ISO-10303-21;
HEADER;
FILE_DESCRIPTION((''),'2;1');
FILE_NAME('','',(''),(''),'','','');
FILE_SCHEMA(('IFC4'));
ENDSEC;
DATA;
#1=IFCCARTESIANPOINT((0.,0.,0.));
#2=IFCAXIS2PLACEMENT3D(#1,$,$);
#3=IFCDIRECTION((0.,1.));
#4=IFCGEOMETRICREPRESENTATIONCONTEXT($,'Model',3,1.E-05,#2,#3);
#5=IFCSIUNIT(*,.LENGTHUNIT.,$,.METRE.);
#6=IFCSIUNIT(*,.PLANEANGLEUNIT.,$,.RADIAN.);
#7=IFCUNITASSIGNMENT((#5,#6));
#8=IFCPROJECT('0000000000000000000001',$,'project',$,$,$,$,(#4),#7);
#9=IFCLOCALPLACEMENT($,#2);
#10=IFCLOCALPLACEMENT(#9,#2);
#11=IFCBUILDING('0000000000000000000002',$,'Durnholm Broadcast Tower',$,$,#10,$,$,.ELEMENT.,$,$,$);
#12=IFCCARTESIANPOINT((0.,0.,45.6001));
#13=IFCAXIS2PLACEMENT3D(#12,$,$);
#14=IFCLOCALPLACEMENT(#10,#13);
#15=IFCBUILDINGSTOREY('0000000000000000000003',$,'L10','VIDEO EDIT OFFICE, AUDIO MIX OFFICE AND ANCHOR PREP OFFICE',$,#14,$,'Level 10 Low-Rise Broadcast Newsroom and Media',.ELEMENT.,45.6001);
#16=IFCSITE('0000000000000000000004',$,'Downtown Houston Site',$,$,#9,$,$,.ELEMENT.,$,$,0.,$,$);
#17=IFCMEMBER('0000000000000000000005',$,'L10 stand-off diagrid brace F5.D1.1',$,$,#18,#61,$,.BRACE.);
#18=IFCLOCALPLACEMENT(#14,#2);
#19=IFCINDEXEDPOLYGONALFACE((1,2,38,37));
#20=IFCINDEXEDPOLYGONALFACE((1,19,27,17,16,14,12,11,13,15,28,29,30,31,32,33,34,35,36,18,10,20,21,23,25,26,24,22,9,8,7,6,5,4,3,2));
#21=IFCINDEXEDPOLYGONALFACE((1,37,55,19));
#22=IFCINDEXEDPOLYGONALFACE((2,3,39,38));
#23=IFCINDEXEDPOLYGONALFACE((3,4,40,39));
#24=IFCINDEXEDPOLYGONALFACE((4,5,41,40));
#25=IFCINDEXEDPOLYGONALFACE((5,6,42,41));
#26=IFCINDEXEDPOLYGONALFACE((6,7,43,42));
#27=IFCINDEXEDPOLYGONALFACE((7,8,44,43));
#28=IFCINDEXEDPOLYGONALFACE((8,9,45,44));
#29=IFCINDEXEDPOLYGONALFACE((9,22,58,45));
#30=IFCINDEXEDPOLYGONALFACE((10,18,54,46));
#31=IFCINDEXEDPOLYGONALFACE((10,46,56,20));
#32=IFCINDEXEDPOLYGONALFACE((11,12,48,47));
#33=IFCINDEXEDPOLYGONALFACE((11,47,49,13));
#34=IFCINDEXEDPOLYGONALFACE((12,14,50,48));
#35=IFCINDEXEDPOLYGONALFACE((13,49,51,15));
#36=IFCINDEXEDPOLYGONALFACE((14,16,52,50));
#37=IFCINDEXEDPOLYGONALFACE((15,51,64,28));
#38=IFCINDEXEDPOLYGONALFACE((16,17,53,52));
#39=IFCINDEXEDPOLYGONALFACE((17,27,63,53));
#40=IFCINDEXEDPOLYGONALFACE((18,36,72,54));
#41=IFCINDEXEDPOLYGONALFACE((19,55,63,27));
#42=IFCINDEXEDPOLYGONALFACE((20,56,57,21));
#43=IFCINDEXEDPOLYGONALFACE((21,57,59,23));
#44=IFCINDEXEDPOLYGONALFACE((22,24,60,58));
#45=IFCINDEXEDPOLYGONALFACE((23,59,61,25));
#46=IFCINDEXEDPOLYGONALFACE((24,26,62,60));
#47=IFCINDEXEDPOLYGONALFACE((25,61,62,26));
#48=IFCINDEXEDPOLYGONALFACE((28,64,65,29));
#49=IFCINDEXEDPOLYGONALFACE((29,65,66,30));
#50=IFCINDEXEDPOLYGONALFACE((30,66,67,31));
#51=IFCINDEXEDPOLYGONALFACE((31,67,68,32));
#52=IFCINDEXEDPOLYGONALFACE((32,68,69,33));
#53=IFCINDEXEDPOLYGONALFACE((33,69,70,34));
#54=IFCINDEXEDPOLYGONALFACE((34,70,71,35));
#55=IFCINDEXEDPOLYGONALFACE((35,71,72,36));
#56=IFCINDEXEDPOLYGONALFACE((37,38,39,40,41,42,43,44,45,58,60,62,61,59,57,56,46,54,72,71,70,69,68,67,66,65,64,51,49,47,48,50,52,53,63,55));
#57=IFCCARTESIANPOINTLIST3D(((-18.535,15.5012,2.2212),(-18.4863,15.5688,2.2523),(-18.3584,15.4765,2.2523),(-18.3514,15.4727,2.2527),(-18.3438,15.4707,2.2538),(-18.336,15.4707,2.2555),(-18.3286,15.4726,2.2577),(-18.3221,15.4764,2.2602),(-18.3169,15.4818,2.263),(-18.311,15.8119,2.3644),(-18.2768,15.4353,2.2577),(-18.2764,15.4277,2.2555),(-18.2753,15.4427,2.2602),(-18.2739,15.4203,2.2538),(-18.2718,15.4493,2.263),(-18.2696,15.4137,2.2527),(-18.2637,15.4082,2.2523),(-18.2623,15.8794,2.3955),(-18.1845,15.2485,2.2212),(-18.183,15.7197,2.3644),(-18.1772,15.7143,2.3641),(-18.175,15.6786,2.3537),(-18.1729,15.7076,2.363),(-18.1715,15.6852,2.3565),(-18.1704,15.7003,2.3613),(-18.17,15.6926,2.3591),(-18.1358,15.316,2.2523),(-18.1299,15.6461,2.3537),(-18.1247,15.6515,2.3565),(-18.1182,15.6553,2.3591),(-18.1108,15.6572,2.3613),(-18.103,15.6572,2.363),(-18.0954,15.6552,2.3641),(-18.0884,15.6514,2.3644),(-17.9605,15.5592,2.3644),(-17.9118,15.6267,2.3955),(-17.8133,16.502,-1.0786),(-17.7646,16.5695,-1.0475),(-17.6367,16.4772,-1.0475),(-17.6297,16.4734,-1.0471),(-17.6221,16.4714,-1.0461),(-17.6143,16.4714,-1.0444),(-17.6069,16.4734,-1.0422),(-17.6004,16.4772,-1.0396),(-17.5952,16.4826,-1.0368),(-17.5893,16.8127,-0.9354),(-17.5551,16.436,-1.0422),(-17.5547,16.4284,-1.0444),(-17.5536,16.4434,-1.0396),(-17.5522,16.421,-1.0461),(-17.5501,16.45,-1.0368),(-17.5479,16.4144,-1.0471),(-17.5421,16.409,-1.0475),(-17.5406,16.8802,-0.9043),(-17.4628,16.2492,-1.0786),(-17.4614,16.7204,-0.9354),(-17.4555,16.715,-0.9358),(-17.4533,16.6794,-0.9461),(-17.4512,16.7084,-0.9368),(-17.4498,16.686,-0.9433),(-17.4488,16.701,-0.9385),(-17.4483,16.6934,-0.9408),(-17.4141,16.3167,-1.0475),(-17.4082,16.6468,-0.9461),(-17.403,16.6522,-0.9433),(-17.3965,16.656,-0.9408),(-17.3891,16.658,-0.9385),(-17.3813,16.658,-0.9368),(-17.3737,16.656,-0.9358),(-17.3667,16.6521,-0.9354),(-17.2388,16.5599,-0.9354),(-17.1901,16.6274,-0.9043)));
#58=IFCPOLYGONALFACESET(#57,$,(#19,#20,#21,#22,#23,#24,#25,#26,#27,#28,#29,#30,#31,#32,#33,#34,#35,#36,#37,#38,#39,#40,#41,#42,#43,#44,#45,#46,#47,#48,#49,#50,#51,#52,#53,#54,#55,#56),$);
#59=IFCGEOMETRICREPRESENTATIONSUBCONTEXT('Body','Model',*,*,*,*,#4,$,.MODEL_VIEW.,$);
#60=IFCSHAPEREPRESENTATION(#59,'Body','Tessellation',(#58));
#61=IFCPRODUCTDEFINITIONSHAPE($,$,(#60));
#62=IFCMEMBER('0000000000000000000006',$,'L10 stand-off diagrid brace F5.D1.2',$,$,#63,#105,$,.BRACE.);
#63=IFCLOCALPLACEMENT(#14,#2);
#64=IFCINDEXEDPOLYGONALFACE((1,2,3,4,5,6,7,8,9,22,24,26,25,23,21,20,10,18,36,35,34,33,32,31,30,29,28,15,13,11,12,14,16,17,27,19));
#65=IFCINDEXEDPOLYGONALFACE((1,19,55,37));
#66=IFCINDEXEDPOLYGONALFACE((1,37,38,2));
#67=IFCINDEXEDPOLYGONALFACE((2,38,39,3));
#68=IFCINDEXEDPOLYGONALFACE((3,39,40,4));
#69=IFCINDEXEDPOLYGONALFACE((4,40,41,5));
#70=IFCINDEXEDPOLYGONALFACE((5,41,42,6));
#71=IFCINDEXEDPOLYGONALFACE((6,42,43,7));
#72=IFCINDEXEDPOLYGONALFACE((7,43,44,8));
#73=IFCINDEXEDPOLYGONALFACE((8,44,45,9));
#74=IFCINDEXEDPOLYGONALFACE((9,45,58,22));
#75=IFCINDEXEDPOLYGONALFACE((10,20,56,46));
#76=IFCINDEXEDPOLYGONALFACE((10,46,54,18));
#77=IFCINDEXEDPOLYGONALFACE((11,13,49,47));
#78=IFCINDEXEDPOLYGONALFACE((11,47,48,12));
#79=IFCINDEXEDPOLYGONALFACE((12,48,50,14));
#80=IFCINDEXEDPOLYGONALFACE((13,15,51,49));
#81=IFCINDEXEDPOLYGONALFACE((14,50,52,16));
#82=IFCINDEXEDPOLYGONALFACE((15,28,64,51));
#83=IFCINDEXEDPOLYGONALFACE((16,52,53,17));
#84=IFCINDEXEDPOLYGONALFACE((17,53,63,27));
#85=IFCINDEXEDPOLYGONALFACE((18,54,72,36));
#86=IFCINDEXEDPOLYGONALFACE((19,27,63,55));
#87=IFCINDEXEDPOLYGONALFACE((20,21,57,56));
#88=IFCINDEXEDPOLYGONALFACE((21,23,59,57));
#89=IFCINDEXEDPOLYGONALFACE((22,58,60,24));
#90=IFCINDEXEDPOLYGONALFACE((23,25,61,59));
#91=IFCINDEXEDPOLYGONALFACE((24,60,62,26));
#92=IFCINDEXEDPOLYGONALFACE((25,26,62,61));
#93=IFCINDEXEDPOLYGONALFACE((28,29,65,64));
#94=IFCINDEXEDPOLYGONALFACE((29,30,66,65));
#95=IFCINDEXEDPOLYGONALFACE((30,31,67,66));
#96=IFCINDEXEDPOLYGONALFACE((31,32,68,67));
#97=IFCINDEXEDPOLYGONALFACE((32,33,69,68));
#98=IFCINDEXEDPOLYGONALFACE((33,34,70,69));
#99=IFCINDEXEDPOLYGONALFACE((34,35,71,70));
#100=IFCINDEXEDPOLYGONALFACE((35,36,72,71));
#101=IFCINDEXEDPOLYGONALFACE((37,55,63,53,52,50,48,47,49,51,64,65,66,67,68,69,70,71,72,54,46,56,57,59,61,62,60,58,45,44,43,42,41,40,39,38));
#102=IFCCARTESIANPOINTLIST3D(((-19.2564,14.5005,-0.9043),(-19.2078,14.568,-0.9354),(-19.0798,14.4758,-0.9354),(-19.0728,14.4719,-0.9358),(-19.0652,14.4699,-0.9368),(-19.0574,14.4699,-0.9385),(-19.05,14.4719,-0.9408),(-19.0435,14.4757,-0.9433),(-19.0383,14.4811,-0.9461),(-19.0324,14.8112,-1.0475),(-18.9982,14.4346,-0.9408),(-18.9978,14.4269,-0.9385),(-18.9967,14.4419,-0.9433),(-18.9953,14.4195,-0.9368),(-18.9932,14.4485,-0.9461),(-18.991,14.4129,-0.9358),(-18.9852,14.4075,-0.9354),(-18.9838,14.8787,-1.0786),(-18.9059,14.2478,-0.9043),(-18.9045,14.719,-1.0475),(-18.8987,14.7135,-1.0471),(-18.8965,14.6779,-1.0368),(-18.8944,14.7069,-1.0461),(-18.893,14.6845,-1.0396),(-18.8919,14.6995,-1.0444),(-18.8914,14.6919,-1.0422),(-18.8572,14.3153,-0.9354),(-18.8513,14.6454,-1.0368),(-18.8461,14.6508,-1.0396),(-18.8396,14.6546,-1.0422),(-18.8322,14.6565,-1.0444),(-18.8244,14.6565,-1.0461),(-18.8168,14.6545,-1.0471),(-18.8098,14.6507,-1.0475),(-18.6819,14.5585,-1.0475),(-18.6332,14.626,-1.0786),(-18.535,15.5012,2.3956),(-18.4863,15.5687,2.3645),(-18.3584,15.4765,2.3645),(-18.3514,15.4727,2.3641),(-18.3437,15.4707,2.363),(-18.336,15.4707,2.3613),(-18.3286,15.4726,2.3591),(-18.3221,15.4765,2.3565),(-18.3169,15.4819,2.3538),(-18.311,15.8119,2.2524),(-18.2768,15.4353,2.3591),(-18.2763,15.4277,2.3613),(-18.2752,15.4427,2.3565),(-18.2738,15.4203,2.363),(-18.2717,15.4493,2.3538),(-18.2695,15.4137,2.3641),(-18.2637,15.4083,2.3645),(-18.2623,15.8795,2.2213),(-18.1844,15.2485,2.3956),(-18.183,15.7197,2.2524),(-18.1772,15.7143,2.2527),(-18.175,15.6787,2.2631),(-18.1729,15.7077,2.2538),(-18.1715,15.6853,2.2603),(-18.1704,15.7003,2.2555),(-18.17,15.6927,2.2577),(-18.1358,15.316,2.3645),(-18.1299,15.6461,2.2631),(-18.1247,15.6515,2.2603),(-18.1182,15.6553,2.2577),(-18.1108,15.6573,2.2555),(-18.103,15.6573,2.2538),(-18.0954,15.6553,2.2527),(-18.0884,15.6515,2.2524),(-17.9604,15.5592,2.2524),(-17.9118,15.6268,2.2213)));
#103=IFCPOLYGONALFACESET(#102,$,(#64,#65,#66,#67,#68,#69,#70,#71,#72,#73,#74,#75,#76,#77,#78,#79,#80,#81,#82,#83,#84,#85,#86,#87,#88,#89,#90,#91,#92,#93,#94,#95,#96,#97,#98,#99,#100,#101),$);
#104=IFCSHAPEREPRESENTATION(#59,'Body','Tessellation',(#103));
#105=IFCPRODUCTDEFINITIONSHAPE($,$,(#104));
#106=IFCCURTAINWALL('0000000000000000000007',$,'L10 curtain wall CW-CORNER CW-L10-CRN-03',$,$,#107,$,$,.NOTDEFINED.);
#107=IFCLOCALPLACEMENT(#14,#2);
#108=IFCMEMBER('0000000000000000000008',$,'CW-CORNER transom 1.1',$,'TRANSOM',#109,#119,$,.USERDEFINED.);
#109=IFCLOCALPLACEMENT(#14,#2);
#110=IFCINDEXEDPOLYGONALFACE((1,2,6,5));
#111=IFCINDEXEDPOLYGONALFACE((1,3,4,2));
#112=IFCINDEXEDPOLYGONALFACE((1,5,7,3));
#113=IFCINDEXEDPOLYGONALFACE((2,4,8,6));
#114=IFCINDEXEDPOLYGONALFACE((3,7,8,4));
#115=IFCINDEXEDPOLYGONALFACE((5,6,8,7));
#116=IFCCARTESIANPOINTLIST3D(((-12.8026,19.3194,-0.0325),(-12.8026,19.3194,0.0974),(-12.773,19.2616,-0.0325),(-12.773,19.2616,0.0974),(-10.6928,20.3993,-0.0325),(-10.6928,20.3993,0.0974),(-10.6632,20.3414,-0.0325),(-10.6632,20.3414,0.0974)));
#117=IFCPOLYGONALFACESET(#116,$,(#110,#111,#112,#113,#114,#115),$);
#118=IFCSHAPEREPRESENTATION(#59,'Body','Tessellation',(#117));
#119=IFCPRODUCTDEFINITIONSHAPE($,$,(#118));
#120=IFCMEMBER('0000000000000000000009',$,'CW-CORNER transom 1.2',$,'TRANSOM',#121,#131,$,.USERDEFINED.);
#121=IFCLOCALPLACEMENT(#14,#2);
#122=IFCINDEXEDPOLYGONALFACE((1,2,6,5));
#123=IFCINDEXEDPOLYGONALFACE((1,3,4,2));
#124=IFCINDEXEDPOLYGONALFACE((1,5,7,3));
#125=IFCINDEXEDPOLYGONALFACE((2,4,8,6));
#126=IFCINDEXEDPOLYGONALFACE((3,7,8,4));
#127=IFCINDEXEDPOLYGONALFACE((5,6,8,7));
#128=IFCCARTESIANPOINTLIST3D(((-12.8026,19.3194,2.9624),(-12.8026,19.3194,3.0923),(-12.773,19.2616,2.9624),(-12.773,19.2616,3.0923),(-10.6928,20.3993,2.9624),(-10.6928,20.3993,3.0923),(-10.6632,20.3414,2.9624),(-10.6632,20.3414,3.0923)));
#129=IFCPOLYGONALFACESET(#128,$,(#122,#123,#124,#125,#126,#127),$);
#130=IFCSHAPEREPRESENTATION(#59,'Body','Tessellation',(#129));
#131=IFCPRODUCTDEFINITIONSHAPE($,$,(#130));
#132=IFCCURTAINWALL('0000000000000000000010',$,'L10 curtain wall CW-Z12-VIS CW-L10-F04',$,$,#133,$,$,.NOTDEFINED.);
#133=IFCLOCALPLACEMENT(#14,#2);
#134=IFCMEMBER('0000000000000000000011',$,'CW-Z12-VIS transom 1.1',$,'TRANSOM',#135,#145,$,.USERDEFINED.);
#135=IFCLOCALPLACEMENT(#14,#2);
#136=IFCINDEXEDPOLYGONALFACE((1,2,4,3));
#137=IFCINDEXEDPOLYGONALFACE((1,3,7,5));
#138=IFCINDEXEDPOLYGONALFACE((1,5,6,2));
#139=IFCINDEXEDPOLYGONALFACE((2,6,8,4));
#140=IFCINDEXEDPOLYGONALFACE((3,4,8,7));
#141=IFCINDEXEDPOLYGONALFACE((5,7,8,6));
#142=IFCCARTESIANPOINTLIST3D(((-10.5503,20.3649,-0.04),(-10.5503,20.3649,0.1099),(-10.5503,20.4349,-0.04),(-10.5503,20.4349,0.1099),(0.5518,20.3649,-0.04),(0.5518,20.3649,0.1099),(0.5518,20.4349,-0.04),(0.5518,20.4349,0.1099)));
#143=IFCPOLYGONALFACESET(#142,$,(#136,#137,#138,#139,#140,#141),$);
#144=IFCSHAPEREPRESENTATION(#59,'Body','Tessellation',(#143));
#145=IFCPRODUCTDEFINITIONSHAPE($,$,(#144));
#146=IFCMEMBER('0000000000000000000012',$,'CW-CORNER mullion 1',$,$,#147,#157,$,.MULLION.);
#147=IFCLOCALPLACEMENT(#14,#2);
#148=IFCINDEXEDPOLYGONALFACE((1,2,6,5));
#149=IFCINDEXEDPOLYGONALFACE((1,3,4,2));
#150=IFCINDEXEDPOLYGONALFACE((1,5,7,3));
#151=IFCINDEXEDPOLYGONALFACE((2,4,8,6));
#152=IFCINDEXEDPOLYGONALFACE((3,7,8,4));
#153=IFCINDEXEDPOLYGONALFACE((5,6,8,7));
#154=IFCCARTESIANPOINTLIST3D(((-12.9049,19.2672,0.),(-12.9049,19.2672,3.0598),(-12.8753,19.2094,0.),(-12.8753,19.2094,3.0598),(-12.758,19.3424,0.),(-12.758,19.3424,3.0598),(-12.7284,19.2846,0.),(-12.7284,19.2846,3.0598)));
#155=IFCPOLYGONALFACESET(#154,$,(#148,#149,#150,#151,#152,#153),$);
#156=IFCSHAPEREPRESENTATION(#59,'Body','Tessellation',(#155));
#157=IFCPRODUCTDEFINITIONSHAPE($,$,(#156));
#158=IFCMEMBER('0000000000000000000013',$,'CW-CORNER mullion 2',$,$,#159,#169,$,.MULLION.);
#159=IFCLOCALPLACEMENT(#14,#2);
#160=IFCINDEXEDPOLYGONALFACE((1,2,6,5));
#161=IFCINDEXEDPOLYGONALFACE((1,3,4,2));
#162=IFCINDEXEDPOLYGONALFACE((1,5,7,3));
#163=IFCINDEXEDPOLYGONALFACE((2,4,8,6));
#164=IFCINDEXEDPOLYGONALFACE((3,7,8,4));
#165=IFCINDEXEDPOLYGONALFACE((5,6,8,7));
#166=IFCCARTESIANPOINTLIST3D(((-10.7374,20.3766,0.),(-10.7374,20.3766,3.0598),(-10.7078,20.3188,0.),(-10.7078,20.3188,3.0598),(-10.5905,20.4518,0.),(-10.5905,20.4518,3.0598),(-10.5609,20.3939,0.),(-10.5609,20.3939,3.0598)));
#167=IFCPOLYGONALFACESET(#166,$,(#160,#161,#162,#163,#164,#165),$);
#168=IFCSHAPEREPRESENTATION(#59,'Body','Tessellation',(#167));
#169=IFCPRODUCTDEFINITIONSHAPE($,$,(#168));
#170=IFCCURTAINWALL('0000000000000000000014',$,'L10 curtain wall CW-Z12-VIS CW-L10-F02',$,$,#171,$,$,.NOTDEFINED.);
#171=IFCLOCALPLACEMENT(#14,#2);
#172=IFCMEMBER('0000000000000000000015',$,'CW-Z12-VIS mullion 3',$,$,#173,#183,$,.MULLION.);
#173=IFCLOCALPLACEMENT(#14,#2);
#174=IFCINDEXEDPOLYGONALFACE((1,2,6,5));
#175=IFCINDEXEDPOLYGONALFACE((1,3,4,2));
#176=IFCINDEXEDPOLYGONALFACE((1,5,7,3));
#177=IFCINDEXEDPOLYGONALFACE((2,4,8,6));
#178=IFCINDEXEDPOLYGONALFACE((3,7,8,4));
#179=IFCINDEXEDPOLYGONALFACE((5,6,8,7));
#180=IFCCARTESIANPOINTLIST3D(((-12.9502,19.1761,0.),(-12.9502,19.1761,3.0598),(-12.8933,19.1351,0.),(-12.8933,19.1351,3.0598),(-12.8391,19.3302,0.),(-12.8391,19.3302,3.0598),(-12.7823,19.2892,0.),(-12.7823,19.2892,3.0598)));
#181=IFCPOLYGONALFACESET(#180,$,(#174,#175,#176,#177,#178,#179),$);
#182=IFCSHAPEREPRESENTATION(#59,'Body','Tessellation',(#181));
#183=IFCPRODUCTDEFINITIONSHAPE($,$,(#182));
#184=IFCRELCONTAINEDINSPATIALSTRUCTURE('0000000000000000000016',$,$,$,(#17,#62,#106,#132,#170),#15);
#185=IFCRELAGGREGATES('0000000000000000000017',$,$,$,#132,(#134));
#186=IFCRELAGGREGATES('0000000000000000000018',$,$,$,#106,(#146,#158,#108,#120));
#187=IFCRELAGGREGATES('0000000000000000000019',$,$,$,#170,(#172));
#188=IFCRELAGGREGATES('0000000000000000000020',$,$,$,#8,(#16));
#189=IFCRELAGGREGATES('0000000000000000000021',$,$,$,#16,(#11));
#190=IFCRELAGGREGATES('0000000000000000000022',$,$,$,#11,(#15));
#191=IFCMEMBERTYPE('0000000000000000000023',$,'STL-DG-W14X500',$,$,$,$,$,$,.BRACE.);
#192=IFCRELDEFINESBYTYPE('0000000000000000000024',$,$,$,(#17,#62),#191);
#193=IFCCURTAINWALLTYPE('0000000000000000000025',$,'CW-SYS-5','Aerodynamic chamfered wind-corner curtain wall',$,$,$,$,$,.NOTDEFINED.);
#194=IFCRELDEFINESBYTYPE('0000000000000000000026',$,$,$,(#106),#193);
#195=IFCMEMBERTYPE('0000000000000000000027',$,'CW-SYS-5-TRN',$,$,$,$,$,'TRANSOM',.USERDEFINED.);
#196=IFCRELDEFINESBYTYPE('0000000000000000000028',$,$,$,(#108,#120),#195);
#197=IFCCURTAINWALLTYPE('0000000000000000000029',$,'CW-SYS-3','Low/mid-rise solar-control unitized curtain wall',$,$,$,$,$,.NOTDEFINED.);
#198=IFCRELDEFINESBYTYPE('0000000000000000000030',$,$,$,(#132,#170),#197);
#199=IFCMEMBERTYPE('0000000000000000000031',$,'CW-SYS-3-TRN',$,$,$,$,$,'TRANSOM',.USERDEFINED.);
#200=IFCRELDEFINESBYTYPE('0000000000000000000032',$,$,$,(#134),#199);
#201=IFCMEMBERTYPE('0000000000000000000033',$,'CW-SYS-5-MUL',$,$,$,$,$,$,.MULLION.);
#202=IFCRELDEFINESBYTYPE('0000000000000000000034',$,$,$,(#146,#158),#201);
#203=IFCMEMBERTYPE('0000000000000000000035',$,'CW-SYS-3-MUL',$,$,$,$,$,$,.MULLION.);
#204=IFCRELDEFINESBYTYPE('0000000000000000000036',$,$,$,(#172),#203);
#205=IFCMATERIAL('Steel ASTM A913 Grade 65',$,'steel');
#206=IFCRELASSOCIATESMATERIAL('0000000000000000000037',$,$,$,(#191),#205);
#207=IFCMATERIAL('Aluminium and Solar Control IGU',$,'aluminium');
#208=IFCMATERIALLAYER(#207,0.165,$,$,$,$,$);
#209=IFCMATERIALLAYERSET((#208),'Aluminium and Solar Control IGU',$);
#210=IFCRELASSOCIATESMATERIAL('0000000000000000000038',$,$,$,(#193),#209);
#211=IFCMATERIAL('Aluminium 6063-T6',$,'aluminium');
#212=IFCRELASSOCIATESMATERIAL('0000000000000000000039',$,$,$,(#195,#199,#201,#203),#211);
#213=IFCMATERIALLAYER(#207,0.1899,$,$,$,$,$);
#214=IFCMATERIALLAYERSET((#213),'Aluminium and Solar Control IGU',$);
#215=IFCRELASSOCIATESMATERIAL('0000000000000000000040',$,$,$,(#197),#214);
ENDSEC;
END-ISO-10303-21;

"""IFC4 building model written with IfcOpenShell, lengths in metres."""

from ifc_helpers import new_model, si_unit, direction, frame, origin, origin_2d, place, context, subcontext, project, spatial, rectangle, i_section, extrude, source, transform, mapped, material, layer, layer_set, material_profile, profile_set, type_object, type_shapes, element, aggregate, save


model = new_model("IFC4")

# Units and contexts
model_context = context("Model", 3, precision=1e-05, world=origin(), true_north=direction((0.0, 1.0)))
body_context = subcontext(model_context, "Body", "Model", "MODEL_VIEW")
ifc_project = project(units=[si_unit("LENGTHUNIT", "METRE"), si_unit("PLANEANGLEUNIT", "RADIAN")], contexts=[model_context])

# Site, building, storey
site_placement = place(None, origin())
site = spatial("IfcSite", under=ifc_project, at=site_placement, Name="Downtown Houston Site", CompositionType="ELEMENT", RefElevation=0.0)
building_placement = place(site_placement, origin())
building = spatial("IfcBuilding", under=site, at=building_placement, Name="Durnholm Broadcast Tower", CompositionType="ELEMENT")
storey_placement = place(building_placement, frame((0.0, 0.0, 45.6001)))
storey = spatial("IfcBuildingStorey", under=building, at=storey_placement, Name="L10", Description="VIDEO EDIT OFFICE, AUDIO MIX OFFICE AND ANCHOR PREP OFFICE", LongName="Level 10 Low-Rise Broadcast Newsroom and Media", CompositionType="ELEMENT", Elevation=45.6001)

# Members
ifc_material_1 = material(Name="Steel ASTM A913 Grade 65", Category="steel")
ifc_material_profile_1 = material_profile(ifc_material_1, i_section(OverallWidth=0.4321, OverallDepth=0.4978, WebThickness=0.0557, FlangeThickness=0.0889, FilletRadius=0.0305, at=origin_2d()), Name="W14X500")
ifc_profile_set_1 = profile_set([ifc_material_profile_1], Name="Steel ASTM A913 Grade 65")
member_type_1 = type_object("IfcMemberType", Name="STL-DG-W14X500", PredefinedType="BRACE", material=ifc_profile_set_1)
shared_shape_1 = source(origin(), body_context, "Body", "SweptSolid", [
    extrude(i_section(OverallWidth=0.4321, OverallDepth=0.4978, WebThickness=0.0557, FlangeThickness=0.0889, FilletRadius=0.0305, at=origin_2d()), origin(), (0.0, 0.0, 1.0), 3.5229),
])
type_shapes(member_type_1, [shared_shape_1])
for number, where, z_axis, x_axis, name in (
    (1, (-17.5017, 16.5647, -0.9915), (-0.204852, -0.284063, 0.936666), (0.811091, -0.58492, 0.0), "L10 stand-off diagrid brace F5.D1.1"),
    (2, (-18.9448, 14.5632, -0.9915), (0.204786, 0.284067, 0.93668), (-0.811185, 0.584789, 0.0), "L10 stand-off diagrid brace F5.D1.2"),
):
    element("IfcMember", number, at=place(storey_placement, frame(where, z_axis=z_axis, x_axis=x_axis)), inside=storey, type_object=member_type_1, Name=name, PredefinedType="BRACE", context=body_context, shape_type="MappedRepresentation", body=[
        mapped(shared_shape_1, transform((0.0, 0.0, 0.0), x_axis=(1.0, 0.0, 0.0), y_axis=(0.0, 1.0, 0.0), z_axis=(0.0, 0.0, 1.0), scale=1.0)),
    ])

# Curtain wall, members
ifc_material_2 = material(Name="Aluminium and Solar Control IGU", Category="aluminium")
ifc_layer_1 = layer(ifc_material_2, 0.165)
ifc_layer_set_1 = layer_set([ifc_layer_1], Name="Aluminium and Solar Control IGU")
curtain_wall_type_1 = type_object("IfcCurtainWallType", Name="CW-SYS-5", Description="Aerodynamic chamfered wind-corner curtain wall", PredefinedType="NOTDEFINED", material=ifc_layer_set_1)
curtain_wall_1_placement = place(storey_placement, origin())
curtain_wall_1 = element("IfcCurtainWall", 3, at=curtain_wall_1_placement, inside=storey, type_object=curtain_wall_type_1, Name="L10 curtain wall CW-CORNER CW-L10-CRN-03", PredefinedType="NOTDEFINED")
ifc_material_3 = material(Name="Aluminium 6063-T6", Category="aluminium")
ifc_material_profile_2 = material_profile(ifc_material_3, rectangle(XDim=0.0649, YDim=0.1299, at=origin_2d()), Name="CWT65X130")
ifc_profile_set_2 = profile_set([ifc_material_profile_2], Name="Aluminium 6063-T6")
member_type_2 = type_object("IfcMemberType", Name="CW-SYS-5-TRN", ElementType="TRANSOM", PredefinedType="USERDEFINED", material=ifc_profile_set_2)
shared_shape_2 = source(origin(), body_context, "Body", "SweptSolid", [
    extrude(rectangle(XDim=0.0649, YDim=0.1299, at=origin_2d()), origin(), (0.0, 0.0, 1.0), 2.3701),
])
type_shapes(member_type_2, [shared_shape_2])
member_1_placement = place(storey_placement, frame((-12.7878, 19.2905, 0.0325), z_axis=(0.890185, 0.455599, 0.0), x_axis=(-0.455599, 0.890185, 0.0)))
member_1 = element("IfcMember", 4, at=member_1_placement, type_object=member_type_2, Name="CW-CORNER transom 1.1", ObjectType="TRANSOM", PredefinedType="USERDEFINED", context=body_context, shape_type="MappedRepresentation", body=[
    mapped(shared_shape_2, transform((0.0, 0.0, 0.0), x_axis=(1.0, 0.0, 0.0), y_axis=(0.0, 1.0, 0.0), z_axis=(0.0, 0.0, 1.0), scale=1.0)),
])
member_2_placement = place(storey_placement, frame((-12.7878, 19.2905, 3.0273), z_axis=(0.890185, 0.455599, 0.0), x_axis=(-0.455599, 0.890185, 0.0)))
member_2 = element("IfcMember", 5, at=member_2_placement, type_object=member_type_2, Name="CW-CORNER transom 1.2", ObjectType="TRANSOM", PredefinedType="USERDEFINED", context=body_context, shape_type="MappedRepresentation", body=[
    mapped(shared_shape_2, transform((0.0, 0.0, 0.0), x_axis=(1.0, 0.0, 0.0), y_axis=(0.0, 1.0, 0.0), z_axis=(0.0, 0.0, 1.0), scale=1.0)),
])

# Curtain wall, member
ifc_layer_2 = layer(ifc_material_2, 0.1899)
ifc_layer_set_2 = layer_set([ifc_layer_2], Name="Aluminium and Solar Control IGU")
curtain_wall_type_2 = type_object("IfcCurtainWallType", Name="CW-SYS-3", Description="Low/mid-rise solar-control unitized curtain wall", PredefinedType="NOTDEFINED", material=ifc_layer_set_2)
curtain_wall_2_placement = place(storey_placement, origin())
curtain_wall_2 = element("IfcCurtainWall", 6, at=curtain_wall_2_placement, inside=storey, type_object=curtain_wall_type_2, Name="L10 curtain wall CW-Z12-VIS CW-L10-F04", PredefinedType="NOTDEFINED")
ifc_material_profile_3 = material_profile(ifc_material_3, rectangle(XDim=0.0701, YDim=0.1499, at=origin_2d()), Name="CWT70X150")
ifc_profile_set_3 = profile_set([ifc_material_profile_3], Name="Aluminium 6063-T6")
member_type_3 = type_object("IfcMemberType", Name="CW-SYS-3-TRN", ElementType="TRANSOM", PredefinedType="USERDEFINED", material=ifc_profile_set_3)
shared_shape_3 = source(origin(), body_context, "Body", "SweptSolid", [
    extrude(rectangle(XDim=0.0701, YDim=0.1499, at=origin_2d()), origin(), (0.0, 0.0, 1.0), 11.1021),
])
type_shapes(member_type_3, [shared_shape_3])
member_3_placement = place(storey_placement, frame((-10.5503, 20.3999, 0.0349), z_axis=(1.0, 0.0, 0.0), x_axis=(0.0, 1.0, 0.0)))
member_3 = element("IfcMember", 7, at=member_3_placement, type_object=member_type_3, Name="CW-Z12-VIS transom 1.1", ObjectType="TRANSOM", PredefinedType="USERDEFINED", context=body_context, shape_type="MappedRepresentation", body=[
    mapped(shared_shape_3, transform((0.0, 0.0, 0.0), x_axis=(1.0, 0.0, 0.0), y_axis=(0.0, 1.0, 0.0), z_axis=(0.0, 0.0, 1.0), scale=1.0)),
])

# Members
ifc_material_profile_4 = material_profile(ifc_material_3, rectangle(XDim=0.0649, YDim=0.165, at=origin_2d()), Name="CWM65X165")
ifc_profile_set_4 = profile_set([ifc_material_profile_4], Name="Aluminium 6063-T6")
member_type_4 = type_object("IfcMemberType", Name="CW-SYS-5-MUL", PredefinedType="MULLION", material=ifc_profile_set_4)
shared_shape_4 = source(origin(), body_context, "Body", "SweptSolid", [
    extrude(rectangle(XDim=0.0649, YDim=0.165, at=origin_2d()), origin(), (0.0, 0.0, 1.0), 3.0598),
])
type_shapes(member_type_4, [shared_shape_4])
member_4_placement = place(storey_placement, frame((-12.8167, 19.2759, 0.0), z_axis=(0.0, 0.0, 1.0), x_axis=(-0.455594, 0.890188, 0.0)))
member_4 = element("IfcMember", 8, at=member_4_placement, type_object=member_type_4, Name="CW-CORNER mullion 1", PredefinedType="MULLION", context=body_context, shape_type="MappedRepresentation", body=[
    mapped(shared_shape_4, transform((0.0, 0.0, 0.0), x_axis=(1.0, 0.0, 0.0), y_axis=(0.0, 1.0, 0.0), z_axis=(0.0, 0.0, 1.0), scale=1.0)),
])
member_5_placement = place(storey_placement, frame((-10.6492, 20.3853, 0.0), z_axis=(0.0, 0.0, 1.0), x_axis=(-0.455594, 0.890188, 0.0)))
member_5 = element("IfcMember", 9, at=member_5_placement, type_object=member_type_4, Name="CW-CORNER mullion 2", PredefinedType="MULLION", context=body_context, shape_type="MappedRepresentation", body=[
    mapped(shared_shape_4, transform((0.0, 0.0, 0.0), x_axis=(1.0, 0.0, 0.0), y_axis=(0.0, 1.0, 0.0), z_axis=(0.0, 0.0, 1.0), scale=1.0)),
])

# Curtain wall, member
curtain_wall_3_placement = place(storey_placement, origin())
curtain_wall_3 = element("IfcCurtainWall", 10, at=curtain_wall_3_placement, inside=storey, type_object=curtain_wall_type_2, Name="L10 curtain wall CW-Z12-VIS CW-L10-F02", PredefinedType="NOTDEFINED")
ifc_material_profile_5 = material_profile(ifc_material_3, rectangle(XDim=0.0701, YDim=0.1899, at=origin_2d()), Name="CWM70X190")
ifc_profile_set_5 = profile_set([ifc_material_profile_5], Name="Aluminium 6063-T6")
member_type_5 = type_object("IfcMemberType", Name="CW-SYS-3-MUL", PredefinedType="MULLION", material=ifc_profile_set_5)
shared_shape_5 = source(origin(), body_context, "Body", "SweptSolid", [
    extrude(rectangle(XDim=0.0701, YDim=0.1899, at=origin_2d()), origin(), (0.0, 0.0, 1.0), 3.0598),
])
type_shapes(member_type_5, [shared_shape_5])
member_6_placement = place(storey_placement, frame((-12.8662, 19.2327, 0.0), z_axis=(0.0, 0.0, 1.0), x_axis=(-0.811161, 0.584823, 0.0)))
member_6 = element("IfcMember", 11, at=member_6_placement, type_object=member_type_5, Name="CW-Z12-VIS mullion 3", PredefinedType="MULLION", context=body_context, shape_type="MappedRepresentation", body=[
    mapped(shared_shape_5, transform((0.0, 0.0, 0.0), x_axis=(1.0, 0.0, 0.0), y_axis=(0.0, 1.0, 0.0), z_axis=(0.0, 0.0, 1.0), scale=1.0)),
])

aggregate(curtain_wall_2, [member_3])

aggregate(curtain_wall_1, [member_4, member_5, member_1, member_2])
aggregate(curtain_wall_3, [member_6])

save(model, "model.ifc")
